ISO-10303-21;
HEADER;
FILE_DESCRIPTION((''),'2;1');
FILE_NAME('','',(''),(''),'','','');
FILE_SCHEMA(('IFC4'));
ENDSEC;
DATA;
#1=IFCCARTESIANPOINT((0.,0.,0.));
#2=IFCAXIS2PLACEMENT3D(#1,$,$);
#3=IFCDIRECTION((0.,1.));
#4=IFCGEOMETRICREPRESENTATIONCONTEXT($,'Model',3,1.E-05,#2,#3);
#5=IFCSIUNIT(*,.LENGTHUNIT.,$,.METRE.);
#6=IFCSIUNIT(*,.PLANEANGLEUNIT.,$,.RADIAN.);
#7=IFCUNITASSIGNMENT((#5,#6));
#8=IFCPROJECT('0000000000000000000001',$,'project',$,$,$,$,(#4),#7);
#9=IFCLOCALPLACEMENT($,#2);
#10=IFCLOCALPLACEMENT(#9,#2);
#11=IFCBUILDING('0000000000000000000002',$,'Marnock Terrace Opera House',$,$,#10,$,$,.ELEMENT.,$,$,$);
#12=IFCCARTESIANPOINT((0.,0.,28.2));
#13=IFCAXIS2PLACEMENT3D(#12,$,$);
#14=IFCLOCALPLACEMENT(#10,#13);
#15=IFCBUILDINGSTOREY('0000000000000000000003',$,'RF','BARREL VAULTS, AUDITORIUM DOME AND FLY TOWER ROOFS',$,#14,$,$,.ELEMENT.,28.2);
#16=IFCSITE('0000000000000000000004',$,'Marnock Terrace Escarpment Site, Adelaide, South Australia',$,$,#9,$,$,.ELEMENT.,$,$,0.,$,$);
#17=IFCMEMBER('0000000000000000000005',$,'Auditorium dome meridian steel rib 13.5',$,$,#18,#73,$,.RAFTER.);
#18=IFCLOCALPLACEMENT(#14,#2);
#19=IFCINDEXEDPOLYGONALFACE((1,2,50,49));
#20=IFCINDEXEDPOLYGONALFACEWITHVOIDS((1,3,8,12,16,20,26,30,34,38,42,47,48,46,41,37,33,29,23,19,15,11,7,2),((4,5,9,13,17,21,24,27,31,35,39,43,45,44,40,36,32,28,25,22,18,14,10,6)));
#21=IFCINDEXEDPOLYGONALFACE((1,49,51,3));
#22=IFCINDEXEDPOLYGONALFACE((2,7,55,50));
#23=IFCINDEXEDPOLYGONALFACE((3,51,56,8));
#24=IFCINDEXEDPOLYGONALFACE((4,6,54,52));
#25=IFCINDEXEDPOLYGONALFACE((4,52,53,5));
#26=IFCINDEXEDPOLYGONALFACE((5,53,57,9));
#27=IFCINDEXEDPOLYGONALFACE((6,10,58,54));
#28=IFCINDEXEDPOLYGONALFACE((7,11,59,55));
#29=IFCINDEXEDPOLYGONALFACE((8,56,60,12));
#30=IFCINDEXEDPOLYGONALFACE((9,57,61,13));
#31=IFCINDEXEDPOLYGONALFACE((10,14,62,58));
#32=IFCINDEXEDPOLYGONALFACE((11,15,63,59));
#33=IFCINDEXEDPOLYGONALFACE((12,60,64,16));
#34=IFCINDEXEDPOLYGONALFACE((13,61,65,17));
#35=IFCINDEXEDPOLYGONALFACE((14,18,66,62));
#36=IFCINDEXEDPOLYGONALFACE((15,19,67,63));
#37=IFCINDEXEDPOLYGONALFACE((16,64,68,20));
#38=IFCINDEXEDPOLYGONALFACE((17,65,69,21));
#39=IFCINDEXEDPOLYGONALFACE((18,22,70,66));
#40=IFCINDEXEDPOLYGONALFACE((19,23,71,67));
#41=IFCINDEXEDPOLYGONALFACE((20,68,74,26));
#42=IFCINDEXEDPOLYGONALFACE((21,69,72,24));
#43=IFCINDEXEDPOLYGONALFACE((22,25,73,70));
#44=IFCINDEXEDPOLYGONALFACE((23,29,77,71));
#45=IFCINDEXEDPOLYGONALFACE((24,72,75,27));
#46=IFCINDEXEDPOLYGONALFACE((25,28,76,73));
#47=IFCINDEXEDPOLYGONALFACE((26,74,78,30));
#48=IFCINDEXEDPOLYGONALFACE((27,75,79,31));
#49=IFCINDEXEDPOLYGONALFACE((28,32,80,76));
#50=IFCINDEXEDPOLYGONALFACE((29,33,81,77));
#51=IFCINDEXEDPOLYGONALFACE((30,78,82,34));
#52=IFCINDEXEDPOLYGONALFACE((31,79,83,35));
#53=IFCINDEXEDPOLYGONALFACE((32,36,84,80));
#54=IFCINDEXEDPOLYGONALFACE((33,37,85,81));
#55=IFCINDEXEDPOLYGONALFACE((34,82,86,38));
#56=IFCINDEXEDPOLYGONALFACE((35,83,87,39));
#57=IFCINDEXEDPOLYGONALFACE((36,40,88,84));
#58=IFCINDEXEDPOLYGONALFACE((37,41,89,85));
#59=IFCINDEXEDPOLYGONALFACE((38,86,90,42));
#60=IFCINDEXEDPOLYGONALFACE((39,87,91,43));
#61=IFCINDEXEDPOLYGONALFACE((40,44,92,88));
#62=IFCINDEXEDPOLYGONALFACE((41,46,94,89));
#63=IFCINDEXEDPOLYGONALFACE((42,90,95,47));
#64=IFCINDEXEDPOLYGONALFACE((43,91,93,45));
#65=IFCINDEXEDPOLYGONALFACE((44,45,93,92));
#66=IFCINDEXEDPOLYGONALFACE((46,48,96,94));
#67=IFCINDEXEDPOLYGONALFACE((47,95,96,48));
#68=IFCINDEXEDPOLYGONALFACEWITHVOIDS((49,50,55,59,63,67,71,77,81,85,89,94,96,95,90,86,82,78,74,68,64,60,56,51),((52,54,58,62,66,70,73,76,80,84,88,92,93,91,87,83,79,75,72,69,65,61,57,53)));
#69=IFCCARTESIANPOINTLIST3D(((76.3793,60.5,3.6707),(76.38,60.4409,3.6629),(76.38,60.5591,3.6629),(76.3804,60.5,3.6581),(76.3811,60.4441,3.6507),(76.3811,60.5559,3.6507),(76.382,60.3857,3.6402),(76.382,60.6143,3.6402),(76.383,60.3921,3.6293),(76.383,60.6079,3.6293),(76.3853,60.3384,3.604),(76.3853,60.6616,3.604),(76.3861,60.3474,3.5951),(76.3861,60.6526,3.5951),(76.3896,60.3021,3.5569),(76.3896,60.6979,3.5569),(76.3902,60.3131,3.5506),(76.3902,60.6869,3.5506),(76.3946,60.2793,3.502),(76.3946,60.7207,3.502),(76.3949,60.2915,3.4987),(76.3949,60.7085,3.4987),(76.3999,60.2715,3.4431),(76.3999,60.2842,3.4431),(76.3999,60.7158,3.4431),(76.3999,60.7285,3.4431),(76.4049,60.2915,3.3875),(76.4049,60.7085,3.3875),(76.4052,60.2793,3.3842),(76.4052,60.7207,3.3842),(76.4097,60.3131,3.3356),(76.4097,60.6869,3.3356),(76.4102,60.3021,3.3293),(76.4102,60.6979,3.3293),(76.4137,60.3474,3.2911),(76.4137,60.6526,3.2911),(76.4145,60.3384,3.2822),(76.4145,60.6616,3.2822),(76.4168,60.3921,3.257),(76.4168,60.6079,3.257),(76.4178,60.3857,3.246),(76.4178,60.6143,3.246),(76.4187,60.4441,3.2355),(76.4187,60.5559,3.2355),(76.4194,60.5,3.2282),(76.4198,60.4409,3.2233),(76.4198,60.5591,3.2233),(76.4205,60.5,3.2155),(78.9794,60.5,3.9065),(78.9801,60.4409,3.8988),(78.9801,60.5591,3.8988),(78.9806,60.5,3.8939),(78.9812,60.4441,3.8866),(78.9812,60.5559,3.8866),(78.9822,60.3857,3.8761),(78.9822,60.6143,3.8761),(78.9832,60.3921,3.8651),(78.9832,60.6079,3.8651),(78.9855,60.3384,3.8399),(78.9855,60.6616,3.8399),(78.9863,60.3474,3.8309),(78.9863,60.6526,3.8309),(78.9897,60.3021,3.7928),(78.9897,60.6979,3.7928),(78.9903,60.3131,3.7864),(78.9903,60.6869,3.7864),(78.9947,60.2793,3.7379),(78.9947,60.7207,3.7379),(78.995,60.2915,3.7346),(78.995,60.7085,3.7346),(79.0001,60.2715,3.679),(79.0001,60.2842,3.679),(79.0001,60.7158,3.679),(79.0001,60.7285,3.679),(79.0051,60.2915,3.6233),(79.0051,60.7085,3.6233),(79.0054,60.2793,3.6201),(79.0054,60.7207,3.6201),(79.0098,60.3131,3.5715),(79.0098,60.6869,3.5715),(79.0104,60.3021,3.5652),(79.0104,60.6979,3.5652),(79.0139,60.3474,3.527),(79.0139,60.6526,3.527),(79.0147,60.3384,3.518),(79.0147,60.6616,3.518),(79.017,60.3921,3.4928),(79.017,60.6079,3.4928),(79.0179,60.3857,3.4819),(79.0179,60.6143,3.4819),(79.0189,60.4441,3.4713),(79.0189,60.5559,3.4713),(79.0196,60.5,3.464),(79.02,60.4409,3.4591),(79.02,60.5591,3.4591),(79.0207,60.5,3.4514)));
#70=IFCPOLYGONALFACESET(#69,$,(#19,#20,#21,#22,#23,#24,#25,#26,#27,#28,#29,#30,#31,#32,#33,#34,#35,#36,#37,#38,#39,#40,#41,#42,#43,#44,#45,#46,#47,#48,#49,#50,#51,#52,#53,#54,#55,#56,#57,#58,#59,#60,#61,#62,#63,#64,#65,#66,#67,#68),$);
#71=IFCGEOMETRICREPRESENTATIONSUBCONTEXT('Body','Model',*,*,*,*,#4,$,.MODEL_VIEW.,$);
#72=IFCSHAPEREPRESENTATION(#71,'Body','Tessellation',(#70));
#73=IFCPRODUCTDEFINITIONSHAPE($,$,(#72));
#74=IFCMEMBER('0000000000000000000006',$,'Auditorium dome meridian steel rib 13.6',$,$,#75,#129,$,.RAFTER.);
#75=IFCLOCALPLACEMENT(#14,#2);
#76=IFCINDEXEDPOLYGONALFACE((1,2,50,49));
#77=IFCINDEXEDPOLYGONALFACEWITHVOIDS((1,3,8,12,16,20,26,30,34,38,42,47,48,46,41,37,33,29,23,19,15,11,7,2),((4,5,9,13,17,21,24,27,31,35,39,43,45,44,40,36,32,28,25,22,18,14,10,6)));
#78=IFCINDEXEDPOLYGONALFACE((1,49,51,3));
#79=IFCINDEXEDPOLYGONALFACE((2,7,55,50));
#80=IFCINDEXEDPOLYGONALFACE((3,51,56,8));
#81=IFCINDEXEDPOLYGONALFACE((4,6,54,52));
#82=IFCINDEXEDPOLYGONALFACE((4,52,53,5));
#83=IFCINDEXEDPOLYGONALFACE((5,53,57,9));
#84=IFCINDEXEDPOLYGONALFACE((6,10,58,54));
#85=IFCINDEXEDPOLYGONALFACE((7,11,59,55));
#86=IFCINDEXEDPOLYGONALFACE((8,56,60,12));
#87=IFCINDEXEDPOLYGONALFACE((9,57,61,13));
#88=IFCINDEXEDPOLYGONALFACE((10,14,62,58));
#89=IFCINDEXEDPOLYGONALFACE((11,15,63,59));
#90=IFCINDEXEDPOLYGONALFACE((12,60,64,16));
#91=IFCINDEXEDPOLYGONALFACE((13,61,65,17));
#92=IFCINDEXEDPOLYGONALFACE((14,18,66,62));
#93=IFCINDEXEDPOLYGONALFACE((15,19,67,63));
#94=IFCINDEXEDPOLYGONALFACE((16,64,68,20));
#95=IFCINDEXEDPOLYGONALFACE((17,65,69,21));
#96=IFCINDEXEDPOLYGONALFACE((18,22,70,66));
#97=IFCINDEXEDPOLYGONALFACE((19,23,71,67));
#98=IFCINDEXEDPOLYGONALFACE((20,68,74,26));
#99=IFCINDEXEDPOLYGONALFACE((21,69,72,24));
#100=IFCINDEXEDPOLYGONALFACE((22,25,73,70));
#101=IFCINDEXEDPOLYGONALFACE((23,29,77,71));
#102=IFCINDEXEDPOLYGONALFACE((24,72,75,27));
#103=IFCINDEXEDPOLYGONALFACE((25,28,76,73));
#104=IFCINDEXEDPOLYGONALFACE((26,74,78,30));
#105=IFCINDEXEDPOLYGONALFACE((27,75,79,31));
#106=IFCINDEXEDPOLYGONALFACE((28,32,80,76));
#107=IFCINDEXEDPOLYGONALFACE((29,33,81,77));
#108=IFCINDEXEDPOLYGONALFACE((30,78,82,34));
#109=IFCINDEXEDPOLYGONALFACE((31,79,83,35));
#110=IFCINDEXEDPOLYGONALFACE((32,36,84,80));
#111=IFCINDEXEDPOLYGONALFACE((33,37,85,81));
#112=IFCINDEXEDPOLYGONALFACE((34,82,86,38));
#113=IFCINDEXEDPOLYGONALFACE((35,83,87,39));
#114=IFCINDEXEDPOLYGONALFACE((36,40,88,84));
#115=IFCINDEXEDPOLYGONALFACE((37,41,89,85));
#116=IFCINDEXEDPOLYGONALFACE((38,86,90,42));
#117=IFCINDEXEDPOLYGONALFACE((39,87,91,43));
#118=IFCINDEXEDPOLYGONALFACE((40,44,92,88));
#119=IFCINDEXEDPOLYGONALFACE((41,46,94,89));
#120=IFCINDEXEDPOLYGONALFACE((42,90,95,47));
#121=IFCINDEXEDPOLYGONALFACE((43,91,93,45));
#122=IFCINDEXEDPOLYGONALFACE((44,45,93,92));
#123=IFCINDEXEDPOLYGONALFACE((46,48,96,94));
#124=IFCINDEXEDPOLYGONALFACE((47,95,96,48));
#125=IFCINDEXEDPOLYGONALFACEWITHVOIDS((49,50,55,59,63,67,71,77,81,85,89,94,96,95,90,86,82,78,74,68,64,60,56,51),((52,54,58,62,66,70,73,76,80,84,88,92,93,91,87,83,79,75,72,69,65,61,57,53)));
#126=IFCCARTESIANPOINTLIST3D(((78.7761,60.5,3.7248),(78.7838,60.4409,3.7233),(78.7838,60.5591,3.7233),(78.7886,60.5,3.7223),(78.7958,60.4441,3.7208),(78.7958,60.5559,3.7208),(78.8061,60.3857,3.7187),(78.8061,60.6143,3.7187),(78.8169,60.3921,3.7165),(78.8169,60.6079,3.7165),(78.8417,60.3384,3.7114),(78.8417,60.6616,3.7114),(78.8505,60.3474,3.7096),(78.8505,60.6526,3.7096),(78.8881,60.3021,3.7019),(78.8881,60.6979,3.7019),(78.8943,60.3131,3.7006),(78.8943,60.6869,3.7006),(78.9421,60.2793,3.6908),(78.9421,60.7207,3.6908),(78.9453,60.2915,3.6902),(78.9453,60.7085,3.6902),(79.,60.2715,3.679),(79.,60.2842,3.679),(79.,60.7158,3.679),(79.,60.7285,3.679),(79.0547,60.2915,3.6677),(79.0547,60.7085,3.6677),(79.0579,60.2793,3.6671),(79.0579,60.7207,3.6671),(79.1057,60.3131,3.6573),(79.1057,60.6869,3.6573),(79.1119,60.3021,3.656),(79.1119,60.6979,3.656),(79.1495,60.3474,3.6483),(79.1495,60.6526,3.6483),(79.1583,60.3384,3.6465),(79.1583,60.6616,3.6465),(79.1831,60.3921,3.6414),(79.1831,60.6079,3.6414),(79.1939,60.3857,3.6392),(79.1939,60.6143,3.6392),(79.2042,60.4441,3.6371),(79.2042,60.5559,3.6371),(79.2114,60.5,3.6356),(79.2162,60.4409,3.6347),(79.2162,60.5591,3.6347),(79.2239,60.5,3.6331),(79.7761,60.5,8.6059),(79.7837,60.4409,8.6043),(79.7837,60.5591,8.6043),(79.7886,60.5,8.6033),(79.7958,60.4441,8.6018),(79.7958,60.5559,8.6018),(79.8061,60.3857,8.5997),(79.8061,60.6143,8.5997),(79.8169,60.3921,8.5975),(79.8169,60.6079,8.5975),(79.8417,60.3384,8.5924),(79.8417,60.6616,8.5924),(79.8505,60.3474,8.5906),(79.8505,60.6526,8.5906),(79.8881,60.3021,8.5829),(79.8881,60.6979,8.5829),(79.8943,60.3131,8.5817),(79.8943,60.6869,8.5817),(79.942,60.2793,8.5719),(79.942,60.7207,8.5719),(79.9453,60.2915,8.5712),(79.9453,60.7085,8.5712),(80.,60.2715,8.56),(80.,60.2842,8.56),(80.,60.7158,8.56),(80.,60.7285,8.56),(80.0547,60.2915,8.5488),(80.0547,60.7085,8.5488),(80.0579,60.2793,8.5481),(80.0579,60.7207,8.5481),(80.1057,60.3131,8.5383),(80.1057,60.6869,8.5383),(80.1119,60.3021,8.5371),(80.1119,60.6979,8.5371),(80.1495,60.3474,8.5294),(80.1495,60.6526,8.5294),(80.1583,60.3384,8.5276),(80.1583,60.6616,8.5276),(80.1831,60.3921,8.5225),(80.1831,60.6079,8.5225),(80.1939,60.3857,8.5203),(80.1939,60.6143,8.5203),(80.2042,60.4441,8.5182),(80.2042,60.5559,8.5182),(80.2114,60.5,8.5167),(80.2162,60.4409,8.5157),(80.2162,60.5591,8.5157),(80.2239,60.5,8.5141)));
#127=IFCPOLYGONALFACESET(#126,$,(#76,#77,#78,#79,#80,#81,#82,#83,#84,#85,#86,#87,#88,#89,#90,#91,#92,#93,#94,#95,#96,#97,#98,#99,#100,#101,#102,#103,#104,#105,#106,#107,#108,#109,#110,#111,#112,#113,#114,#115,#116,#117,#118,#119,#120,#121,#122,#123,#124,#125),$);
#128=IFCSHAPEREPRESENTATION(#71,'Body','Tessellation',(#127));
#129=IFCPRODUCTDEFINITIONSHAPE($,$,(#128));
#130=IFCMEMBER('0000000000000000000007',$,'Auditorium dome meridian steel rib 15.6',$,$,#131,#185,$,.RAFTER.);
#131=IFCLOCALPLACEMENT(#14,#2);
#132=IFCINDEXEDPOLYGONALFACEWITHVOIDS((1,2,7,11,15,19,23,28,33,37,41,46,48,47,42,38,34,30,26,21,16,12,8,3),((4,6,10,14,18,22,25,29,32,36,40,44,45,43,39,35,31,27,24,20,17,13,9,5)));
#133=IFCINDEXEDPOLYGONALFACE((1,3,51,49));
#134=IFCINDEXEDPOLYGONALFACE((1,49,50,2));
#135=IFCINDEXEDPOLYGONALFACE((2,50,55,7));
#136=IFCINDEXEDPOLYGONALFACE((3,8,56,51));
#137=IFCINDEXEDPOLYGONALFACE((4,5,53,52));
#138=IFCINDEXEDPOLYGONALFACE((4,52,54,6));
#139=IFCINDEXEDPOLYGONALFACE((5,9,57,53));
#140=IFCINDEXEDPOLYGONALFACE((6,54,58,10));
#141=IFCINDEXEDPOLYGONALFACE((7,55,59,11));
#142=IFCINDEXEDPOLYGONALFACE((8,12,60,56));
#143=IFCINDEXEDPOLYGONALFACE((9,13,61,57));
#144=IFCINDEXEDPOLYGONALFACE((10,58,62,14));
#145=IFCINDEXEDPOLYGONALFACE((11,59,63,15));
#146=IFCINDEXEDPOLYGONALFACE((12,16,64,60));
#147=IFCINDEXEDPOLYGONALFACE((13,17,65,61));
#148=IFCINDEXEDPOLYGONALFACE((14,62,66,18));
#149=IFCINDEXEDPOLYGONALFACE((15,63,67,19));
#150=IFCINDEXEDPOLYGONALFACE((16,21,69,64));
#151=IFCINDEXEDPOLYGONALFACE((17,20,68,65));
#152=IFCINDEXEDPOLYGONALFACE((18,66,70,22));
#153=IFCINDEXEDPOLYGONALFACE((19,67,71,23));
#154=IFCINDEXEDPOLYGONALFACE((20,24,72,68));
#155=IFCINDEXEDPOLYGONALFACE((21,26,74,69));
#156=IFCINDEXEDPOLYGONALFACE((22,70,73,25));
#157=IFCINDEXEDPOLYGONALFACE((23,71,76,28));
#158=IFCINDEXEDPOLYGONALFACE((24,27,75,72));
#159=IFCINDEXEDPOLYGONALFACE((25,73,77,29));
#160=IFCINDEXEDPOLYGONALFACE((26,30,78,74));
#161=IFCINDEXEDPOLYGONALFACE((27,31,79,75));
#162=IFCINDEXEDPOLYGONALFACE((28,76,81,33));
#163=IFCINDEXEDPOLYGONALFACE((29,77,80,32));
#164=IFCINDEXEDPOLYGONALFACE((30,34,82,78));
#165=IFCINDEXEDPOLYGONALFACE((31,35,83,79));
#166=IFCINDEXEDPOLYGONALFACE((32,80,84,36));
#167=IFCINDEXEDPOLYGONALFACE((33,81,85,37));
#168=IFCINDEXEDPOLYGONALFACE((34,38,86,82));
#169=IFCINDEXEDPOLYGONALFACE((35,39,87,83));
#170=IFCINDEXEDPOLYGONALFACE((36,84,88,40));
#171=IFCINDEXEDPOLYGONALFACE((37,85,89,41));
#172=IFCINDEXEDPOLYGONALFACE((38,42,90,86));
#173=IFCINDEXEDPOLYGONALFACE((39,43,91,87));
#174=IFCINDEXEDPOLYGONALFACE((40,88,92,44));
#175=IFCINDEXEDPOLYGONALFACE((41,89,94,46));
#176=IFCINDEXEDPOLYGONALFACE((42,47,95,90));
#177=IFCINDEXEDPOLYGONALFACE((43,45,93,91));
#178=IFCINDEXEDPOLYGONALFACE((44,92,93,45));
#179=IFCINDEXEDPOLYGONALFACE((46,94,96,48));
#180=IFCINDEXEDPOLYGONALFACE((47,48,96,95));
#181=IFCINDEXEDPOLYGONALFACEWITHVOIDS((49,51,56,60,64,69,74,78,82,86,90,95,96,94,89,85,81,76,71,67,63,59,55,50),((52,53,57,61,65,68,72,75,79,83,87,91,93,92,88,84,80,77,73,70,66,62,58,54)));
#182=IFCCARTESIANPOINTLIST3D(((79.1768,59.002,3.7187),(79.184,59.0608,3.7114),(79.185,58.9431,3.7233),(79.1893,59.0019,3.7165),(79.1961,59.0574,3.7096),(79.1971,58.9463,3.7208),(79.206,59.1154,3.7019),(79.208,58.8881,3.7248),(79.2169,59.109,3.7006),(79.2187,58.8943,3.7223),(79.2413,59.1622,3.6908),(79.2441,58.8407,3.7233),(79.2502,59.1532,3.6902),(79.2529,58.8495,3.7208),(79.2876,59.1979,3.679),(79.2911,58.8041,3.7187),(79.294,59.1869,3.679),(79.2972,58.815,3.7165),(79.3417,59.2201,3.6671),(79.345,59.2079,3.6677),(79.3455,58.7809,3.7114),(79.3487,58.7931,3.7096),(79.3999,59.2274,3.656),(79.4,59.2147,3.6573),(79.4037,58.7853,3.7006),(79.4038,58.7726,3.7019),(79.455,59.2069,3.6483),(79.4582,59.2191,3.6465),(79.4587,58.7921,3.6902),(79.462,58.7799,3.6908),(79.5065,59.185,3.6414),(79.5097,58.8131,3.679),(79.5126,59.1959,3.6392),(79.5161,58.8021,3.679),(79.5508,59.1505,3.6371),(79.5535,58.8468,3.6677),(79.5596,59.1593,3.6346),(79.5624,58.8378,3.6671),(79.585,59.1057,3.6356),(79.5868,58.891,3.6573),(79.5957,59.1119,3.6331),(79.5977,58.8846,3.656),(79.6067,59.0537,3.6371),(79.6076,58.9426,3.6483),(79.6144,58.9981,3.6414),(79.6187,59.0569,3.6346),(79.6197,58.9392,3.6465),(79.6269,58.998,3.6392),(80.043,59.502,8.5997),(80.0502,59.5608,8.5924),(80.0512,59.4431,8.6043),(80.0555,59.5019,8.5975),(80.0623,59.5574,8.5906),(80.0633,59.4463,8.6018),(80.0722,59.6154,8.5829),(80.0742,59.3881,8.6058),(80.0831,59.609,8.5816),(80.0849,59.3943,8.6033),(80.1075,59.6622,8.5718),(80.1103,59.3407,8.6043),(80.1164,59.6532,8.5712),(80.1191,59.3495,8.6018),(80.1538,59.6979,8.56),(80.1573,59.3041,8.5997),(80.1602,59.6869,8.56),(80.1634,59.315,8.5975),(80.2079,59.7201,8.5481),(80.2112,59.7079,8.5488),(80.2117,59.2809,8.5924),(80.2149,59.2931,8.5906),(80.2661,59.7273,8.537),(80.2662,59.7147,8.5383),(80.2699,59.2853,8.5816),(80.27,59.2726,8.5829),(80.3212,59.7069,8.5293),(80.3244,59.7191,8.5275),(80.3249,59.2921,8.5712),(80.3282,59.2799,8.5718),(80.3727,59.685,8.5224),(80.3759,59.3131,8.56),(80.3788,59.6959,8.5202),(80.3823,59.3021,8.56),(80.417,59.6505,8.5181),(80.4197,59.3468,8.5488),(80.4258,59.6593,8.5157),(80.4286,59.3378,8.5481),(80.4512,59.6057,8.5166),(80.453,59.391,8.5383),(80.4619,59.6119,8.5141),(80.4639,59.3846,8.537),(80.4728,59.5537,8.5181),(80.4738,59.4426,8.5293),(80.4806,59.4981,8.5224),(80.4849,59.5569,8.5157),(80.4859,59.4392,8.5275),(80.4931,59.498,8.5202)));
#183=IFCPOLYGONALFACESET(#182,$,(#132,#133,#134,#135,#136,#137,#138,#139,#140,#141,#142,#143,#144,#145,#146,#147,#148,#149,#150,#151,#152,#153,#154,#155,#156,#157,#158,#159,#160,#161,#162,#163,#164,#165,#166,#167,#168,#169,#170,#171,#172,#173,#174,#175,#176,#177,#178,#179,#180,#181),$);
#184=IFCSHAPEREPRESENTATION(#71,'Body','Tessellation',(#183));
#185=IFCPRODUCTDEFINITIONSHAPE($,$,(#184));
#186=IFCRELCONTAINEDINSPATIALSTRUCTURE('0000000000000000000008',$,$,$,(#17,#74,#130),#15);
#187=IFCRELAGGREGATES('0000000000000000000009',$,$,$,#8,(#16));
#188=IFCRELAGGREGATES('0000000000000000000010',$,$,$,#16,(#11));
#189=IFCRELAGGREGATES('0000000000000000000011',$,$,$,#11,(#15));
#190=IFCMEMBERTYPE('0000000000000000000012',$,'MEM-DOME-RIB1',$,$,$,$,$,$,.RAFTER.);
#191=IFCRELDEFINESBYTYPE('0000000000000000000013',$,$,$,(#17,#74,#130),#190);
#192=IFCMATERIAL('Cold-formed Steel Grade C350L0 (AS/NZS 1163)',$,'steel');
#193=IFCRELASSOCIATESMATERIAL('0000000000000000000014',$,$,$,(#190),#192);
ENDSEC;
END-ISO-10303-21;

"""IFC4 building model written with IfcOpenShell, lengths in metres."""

from ifc_helpers import new_model, si_unit, direction, frame, origin, origin_2d, place, context, subcontext, project, spatial, hollow_circle, extrude, material, material_profile, profile_set, type_object, element, save


model = new_model("IFC4")

# Units and contexts
model_context = context("Model", 3, precision=1e-05, world=origin(), true_north=direction((0.0, 1.0)))
body_context = subcontext(model_context, "Body", "Model", "MODEL_VIEW")
ifc_project = project(units=[si_unit("LENGTHUNIT", "METRE"), si_unit("PLANEANGLEUNIT", "RADIAN")], contexts=[model_context])

# Site, building, storey
site_placement = place(None, origin())
site = spatial("IfcSite", under=ifc_project, at=site_placement, Name="Marnock Terrace Escarpment Site, Adelaide, South Australia", CompositionType="ELEMENT", RefElevation=0.0)
building_placement = place(site_placement, origin())
building = spatial("IfcBuilding", under=site, at=building_placement, Name="Marnock Terrace Opera House", CompositionType="ELEMENT")
storey_placement = place(building_placement, frame((0.0, 0.0, 28.2)))
storey = spatial("IfcBuildingStorey", under=building, at=storey_placement, Name="RF", Description="BARREL VAULTS, AUDITORIUM DOME AND FLY TOWER ROOFS", CompositionType="ELEMENT", Elevation=28.2)

# Members
ifc_material_1 = material(Name="Cold-formed Steel Grade C350L0 (AS/NZS 1163)", Category="steel")
ifc_material_profile_1 = material_profile(ifc_material_1, hollow_circle(Radius=0.2285, WallThickness=0.0127, at=origin_2d()))
ifc_profile_set_1 = profile_set([ifc_material_profile_1], Name="Cold-formed Steel Grade C350L0 (AS/NZS 1163)")
member_type_1 = type_object("IfcMemberType", Name="MEM-DOME-RIB1", PredefinedType="RAFTER", material=ifc_profile_set_1)
member_1_placement = place(storey_placement, frame((76.3999, 60.5, 3.4431), z_axis=(0.995912, 0.0, 0.090333), x_axis=(0.0, 1.0, 0.0)))
element("IfcMember", 1, at=member_1_placement, inside=storey, type_object=member_type_1, Name="Auditorium dome meridian steel rib 13.5", PredefinedType="RAFTER", context=body_context, shape_type="SweptSolid", body=[
    extrude(hollow_circle(Radius=0.2285, WallThickness=0.0127, at=origin_2d()), origin(), (0.0, 0.0, 1.0), 2.6108),
])
for number, where, z_axis, x_axis, name in (
    (2, (79.0, 60.5, 3.679), (0.200703, 0.0, 0.979652), (0.0, 1.0, 0.0), "Auditorium dome meridian steel rib 13.6"),
    (3, (79.4019, 59.0, 3.679), (0.17385, 0.100351, 0.979646), (-0.49992, 0.866072, 0.0), "Auditorium dome meridian steel rib 15.6"),
):
    element("IfcMember", number, at=place(storey_placement, frame(where, z_axis=z_axis, x_axis=x_axis)), inside=storey, type_object=member_type_1, Name=name, PredefinedType="RAFTER", context=body_context, shape_type="SweptSolid", body=[
        extrude(hollow_circle(Radius=0.2285, WallThickness=0.0127, at=origin_2d()), origin(), (0.0, 0.0, 1.0), 4.9824),
    ])

save(model, "model.ifc")
